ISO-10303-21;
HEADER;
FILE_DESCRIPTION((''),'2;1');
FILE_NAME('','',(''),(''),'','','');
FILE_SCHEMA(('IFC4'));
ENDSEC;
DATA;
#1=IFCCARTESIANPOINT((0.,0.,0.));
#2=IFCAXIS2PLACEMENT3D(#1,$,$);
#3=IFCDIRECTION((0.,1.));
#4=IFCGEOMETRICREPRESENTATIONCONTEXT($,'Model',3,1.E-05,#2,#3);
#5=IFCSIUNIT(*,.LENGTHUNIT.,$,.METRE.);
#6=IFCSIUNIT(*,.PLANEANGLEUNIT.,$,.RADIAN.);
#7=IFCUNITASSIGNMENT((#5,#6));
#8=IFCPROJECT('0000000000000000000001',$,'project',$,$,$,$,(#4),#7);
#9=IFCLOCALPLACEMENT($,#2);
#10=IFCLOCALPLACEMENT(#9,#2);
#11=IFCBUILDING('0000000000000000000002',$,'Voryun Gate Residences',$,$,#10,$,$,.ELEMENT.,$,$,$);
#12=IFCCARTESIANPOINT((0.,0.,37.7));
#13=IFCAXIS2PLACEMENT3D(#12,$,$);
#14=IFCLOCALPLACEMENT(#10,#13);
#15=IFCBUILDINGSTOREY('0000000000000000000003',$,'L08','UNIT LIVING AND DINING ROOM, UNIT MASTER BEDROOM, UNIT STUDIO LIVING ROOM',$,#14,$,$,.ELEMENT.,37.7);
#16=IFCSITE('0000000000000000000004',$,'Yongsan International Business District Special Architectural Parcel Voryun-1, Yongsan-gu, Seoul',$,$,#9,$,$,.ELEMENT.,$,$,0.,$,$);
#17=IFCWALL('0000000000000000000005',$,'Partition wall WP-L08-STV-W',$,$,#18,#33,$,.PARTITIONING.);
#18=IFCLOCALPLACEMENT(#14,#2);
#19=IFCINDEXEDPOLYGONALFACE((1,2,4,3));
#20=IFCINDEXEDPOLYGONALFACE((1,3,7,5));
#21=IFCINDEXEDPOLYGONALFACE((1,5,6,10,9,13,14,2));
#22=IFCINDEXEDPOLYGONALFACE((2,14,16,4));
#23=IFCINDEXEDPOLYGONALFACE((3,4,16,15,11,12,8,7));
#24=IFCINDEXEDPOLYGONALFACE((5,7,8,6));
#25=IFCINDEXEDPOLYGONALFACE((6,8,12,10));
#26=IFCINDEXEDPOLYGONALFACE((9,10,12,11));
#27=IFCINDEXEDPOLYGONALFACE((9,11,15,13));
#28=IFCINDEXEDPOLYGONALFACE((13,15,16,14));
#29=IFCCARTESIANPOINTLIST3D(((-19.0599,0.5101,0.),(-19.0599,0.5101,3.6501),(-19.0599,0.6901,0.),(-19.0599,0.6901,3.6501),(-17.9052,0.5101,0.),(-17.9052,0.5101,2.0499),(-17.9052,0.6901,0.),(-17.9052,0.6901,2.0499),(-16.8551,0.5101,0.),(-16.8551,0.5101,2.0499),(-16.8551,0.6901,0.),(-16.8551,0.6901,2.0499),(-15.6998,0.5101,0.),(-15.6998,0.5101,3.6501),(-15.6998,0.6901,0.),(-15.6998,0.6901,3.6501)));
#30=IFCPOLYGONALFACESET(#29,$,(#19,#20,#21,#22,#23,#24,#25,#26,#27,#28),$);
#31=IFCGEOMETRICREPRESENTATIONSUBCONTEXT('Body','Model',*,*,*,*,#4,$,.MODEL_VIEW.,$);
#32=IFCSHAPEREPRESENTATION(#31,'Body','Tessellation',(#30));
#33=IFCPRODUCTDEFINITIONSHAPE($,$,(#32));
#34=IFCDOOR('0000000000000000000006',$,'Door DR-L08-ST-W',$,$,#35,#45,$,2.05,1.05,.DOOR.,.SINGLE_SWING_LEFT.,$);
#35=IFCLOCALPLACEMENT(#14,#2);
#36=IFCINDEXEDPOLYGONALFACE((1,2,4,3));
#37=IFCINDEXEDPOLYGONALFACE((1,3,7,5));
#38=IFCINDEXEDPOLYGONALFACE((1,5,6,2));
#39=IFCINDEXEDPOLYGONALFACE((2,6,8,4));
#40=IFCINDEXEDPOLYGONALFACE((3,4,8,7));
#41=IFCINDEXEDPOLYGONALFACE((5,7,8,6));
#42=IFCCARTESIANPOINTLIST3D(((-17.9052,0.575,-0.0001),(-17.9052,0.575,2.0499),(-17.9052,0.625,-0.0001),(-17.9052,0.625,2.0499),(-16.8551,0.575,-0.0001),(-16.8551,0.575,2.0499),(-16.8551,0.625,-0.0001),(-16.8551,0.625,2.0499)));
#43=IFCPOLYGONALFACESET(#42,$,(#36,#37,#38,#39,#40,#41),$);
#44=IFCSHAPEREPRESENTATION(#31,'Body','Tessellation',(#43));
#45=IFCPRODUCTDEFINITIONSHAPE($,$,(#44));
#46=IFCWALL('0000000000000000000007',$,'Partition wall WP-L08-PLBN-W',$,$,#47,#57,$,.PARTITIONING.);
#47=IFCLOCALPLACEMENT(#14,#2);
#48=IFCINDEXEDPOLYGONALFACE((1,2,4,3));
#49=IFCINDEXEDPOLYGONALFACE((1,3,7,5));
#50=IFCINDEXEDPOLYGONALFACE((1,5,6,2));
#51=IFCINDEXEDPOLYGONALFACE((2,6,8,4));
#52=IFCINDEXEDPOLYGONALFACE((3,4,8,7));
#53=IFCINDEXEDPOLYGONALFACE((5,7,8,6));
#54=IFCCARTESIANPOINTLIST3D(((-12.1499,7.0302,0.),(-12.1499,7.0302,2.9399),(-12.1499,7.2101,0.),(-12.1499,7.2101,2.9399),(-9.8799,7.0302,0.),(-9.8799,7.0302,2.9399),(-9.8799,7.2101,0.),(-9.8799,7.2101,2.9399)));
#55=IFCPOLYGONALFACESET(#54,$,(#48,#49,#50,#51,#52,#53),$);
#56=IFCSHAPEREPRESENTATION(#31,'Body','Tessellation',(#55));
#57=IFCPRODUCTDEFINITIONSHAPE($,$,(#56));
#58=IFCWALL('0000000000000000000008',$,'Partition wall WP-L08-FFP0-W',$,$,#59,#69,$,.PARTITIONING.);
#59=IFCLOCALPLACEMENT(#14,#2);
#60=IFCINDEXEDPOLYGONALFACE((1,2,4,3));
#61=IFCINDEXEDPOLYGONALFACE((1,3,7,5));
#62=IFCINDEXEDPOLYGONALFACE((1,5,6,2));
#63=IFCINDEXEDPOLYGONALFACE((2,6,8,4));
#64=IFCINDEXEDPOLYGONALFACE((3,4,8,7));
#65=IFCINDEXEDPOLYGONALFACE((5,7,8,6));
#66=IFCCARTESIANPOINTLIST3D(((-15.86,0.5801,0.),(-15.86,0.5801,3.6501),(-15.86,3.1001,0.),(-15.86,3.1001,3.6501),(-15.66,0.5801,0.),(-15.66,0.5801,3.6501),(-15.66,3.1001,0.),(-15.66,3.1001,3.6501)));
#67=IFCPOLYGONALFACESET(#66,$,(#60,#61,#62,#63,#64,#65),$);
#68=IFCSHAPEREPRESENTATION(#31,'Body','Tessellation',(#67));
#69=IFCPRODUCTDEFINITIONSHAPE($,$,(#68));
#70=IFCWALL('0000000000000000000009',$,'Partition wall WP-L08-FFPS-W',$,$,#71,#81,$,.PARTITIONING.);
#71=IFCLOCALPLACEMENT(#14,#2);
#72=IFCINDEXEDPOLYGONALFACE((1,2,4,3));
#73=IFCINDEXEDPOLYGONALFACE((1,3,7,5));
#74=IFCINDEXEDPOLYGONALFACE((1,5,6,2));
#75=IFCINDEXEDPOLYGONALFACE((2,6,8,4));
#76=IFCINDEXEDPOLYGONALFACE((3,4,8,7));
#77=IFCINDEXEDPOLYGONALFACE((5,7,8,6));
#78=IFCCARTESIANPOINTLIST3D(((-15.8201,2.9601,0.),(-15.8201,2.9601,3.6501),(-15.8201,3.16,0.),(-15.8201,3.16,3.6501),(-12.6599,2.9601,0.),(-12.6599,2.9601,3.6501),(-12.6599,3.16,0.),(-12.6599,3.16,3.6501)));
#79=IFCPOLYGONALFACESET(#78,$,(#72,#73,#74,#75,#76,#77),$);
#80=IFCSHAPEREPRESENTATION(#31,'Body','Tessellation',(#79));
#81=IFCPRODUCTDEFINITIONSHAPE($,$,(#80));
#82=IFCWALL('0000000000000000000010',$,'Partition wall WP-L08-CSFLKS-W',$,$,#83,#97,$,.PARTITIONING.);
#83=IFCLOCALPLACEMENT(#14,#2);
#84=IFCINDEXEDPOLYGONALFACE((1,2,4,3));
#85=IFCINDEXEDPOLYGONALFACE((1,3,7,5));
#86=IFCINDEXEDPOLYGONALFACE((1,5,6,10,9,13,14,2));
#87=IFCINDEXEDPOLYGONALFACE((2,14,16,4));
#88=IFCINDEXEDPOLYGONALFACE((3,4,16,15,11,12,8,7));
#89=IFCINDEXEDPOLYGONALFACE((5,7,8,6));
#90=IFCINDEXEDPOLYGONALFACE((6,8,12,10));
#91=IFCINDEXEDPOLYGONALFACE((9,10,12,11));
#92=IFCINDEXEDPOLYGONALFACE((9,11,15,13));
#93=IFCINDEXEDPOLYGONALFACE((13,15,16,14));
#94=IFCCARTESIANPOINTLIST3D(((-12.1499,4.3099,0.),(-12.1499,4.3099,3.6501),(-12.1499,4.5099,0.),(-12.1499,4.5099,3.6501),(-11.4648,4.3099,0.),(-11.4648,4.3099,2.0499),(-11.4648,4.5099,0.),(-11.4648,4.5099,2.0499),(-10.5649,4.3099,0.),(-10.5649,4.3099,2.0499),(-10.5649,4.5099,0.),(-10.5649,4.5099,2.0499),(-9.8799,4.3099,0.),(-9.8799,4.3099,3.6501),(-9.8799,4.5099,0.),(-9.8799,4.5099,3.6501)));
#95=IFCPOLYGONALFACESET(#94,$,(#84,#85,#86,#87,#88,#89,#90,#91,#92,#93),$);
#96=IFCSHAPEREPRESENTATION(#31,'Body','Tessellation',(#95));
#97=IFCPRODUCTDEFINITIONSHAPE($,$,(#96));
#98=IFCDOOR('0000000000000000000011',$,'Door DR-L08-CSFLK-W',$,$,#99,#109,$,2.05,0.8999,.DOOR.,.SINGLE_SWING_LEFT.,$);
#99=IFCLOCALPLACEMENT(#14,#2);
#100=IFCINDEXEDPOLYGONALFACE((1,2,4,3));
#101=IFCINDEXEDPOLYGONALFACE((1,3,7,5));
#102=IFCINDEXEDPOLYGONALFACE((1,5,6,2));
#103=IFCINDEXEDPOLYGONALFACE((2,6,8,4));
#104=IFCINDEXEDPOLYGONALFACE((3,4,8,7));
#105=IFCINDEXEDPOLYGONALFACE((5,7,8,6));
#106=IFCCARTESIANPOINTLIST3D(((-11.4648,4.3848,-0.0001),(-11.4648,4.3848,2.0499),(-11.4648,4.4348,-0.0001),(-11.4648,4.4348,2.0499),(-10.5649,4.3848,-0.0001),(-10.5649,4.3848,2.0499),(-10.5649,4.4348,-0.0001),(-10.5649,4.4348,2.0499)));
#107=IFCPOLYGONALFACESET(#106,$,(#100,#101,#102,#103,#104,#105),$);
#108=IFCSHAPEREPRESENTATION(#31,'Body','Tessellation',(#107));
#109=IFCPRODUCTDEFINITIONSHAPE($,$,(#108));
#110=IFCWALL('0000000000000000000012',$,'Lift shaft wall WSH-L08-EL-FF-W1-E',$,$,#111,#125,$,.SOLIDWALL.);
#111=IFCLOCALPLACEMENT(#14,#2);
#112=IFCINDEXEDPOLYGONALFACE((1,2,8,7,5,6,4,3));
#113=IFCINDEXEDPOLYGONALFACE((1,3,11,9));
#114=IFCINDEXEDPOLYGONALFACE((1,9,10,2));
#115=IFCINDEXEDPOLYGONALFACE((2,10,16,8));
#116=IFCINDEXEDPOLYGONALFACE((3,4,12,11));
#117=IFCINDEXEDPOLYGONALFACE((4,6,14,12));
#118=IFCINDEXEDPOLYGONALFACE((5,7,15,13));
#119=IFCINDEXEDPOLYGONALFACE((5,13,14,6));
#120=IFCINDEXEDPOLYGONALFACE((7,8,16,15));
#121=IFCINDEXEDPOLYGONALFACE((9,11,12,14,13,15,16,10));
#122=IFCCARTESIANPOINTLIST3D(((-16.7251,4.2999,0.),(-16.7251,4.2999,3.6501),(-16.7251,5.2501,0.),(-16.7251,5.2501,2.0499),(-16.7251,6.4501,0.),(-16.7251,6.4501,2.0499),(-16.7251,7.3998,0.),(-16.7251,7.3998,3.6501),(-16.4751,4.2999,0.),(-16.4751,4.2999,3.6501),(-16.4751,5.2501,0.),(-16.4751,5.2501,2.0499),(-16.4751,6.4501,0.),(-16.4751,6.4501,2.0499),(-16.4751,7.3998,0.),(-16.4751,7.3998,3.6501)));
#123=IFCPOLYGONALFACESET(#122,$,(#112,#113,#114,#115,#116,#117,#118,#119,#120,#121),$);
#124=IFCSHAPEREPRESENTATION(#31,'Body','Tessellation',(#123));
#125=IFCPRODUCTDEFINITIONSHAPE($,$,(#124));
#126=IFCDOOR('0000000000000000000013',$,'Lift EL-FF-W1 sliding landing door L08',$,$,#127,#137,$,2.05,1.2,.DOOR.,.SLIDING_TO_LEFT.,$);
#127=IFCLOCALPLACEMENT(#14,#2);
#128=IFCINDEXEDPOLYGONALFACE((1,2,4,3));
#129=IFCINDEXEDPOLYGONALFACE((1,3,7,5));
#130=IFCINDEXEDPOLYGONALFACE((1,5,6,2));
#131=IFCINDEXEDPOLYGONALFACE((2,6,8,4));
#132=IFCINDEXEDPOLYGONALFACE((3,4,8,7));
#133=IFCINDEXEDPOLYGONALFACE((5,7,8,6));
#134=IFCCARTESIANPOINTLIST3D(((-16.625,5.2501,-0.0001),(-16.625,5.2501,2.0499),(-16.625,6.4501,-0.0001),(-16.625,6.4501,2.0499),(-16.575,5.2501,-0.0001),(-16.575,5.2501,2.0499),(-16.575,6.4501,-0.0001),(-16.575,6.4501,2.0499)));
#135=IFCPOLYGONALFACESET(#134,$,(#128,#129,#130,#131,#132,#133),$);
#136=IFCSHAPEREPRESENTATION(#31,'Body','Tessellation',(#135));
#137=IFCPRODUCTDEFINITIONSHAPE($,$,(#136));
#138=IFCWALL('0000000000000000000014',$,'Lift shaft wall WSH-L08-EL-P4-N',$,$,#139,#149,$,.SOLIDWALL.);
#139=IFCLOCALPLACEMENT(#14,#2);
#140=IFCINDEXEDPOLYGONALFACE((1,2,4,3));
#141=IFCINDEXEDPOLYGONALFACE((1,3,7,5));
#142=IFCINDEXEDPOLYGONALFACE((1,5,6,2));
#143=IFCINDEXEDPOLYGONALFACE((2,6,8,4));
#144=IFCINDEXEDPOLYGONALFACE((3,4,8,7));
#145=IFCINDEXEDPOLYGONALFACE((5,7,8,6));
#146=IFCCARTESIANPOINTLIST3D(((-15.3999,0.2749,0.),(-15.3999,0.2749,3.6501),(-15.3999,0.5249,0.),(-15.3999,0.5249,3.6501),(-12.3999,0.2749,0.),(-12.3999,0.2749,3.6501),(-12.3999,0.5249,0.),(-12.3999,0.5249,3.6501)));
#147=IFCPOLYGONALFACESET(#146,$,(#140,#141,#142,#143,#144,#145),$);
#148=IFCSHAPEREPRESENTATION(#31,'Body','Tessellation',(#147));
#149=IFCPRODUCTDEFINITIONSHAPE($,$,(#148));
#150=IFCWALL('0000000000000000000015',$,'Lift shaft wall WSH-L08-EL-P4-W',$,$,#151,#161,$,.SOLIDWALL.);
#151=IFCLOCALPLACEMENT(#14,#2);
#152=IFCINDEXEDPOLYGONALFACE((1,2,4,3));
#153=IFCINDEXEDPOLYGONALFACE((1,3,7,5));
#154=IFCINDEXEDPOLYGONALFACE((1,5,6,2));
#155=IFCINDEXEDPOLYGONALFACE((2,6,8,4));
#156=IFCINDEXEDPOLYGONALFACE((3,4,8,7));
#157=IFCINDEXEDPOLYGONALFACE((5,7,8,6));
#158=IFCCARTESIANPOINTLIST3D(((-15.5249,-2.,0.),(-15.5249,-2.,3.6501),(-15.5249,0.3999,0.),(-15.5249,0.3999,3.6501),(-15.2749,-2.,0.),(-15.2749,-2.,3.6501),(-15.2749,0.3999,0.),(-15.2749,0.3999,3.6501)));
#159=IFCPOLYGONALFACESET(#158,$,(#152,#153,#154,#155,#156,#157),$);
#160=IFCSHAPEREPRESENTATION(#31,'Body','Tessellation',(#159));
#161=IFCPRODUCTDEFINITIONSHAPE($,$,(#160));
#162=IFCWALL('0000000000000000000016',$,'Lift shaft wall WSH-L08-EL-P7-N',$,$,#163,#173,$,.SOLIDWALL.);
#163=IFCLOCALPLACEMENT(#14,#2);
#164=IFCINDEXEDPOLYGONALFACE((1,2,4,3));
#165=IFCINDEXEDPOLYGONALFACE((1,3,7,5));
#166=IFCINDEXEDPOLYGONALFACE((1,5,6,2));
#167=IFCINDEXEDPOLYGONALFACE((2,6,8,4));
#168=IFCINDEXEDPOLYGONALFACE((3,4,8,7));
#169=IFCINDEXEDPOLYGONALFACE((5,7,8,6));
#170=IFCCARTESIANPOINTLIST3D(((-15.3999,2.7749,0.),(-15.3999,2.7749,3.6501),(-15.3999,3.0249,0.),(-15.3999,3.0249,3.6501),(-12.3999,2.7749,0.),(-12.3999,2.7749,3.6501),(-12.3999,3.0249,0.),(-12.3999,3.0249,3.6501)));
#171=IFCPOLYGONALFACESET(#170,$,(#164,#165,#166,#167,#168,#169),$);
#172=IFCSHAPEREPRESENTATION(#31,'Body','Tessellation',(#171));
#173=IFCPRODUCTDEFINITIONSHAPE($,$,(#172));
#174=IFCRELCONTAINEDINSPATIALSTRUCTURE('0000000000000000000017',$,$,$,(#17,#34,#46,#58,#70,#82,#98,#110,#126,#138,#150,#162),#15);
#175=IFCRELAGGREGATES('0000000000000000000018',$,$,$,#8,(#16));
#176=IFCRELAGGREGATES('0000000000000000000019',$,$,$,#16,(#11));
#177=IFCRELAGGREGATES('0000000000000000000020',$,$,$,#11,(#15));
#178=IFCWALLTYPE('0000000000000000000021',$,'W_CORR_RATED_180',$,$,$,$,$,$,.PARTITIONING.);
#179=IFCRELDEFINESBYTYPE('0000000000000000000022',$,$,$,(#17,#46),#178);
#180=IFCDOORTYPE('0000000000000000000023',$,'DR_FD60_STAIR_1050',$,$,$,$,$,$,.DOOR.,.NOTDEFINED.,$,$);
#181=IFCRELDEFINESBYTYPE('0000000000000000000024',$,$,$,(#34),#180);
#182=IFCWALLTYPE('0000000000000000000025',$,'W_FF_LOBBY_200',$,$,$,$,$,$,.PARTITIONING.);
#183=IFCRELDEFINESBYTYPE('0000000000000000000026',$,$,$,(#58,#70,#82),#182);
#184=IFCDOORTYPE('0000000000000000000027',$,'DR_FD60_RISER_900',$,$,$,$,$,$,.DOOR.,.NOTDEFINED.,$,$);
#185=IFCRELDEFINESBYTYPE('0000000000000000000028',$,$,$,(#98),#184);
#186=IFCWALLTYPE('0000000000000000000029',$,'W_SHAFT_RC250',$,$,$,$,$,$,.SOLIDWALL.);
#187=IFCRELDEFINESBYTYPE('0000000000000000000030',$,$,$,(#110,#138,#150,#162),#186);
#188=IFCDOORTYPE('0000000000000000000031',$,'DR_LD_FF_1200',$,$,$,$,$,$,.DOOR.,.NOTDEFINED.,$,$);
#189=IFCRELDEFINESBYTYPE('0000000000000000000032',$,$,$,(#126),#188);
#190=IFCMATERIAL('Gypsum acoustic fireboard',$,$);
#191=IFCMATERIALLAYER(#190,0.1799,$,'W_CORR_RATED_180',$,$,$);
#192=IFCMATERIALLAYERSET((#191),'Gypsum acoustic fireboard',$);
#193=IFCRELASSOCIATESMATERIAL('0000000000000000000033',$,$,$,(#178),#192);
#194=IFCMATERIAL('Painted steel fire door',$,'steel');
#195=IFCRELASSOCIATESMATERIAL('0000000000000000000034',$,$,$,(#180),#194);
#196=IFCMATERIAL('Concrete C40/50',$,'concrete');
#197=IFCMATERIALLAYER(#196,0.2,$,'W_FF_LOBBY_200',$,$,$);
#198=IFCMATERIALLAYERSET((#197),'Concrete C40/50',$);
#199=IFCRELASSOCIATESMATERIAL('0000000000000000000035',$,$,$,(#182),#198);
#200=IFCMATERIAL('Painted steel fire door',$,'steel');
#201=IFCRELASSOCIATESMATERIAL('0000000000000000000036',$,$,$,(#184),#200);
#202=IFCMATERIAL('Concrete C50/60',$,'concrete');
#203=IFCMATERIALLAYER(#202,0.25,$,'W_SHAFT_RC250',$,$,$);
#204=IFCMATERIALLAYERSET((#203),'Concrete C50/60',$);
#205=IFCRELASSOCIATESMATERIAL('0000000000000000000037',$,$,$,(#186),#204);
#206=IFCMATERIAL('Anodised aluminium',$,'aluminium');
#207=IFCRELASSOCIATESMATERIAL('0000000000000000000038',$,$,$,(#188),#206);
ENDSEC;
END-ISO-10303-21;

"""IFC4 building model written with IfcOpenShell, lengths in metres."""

from ifc_helpers import new_model, si_unit, direction, frame, frame_2d, origin, place, context, subcontext, project, spatial, rectangle, extrude, material, layer, layer_set, type_object, element, fill, save


model = new_model("IFC4")

# Units and contexts
model_context = context("Model", 3, precision=1e-05, world=origin(), true_north=direction((0.0, 1.0)))
body_context = subcontext(model_context, "Body", "Model", "MODEL_VIEW")
ifc_project = project(units=[si_unit("LENGTHUNIT", "METRE"), si_unit("PLANEANGLEUNIT", "RADIAN")], contexts=[model_context])

# Site, building, storey
site_placement = place(None, origin())
site = spatial("IfcSite", under=ifc_project, at=site_placement, Name="Yongsan International Business District Special Architectural Parcel Voryun-1, Yongsan-gu, Seoul", CompositionType="ELEMENT", RefElevation=0.0)
building_placement = place(site_placement, origin())
building = spatial("IfcBuilding", under=site, at=building_placement, Name="Voryun Gate Residences", CompositionType="ELEMENT")
storey_placement = place(building_placement, frame((0.0, 0.0, 37.7)))
storey = spatial("IfcBuildingStorey", under=building, at=storey_placement, Name="L08", Description="UNIT LIVING AND DINING ROOM, UNIT MASTER BEDROOM, UNIT STUDIO LIVING ROOM", CompositionType="ELEMENT", Elevation=37.7)

# Wall, opening, door
ifc_material_1 = material(Name="Gypsum acoustic fireboard")
ifc_layer_1 = layer(ifc_material_1, 0.1799, Name="W_CORR_RATED_180")
ifc_layer_set_1 = layer_set([ifc_layer_1], Name="Gypsum acoustic fireboard")
wall_type_1 = type_object("IfcWallType", Name="W_CORR_RATED_180", PredefinedType="PARTITIONING", material=ifc_layer_set_1)
wall_1_placement = place(storey_placement, frame((-19.0601, 0.6001, 0.0), z_axis=(0.0, 0.0, 1.0), x_axis=(1.0, 0.0, 0.0)))
wall_1 = element("IfcWall", 1, at=wall_1_placement, inside=storey, type_object=wall_type_1, Name="Partition wall WP-L08-STV-W", PredefinedType="PARTITIONING", context=body_context, shape_type="SweptSolid", body=[
    extrude(rectangle(XDim=3.3601, YDim=0.1799, at=frame_2d((1.6802, 0.0))), origin(), (0.0, 0.0, 1.0), 3.6501),
])
opening_1_placement = place(wall_1_placement, frame((1.155, 0.0, 0.0)))
opening_1 = element("IfcOpeningElement", 2, at=opening_1_placement, cuts=wall_1, PredefinedType="OPENING", context=body_context, shape_type="SweptSolid", body=[
    extrude(rectangle(XDim=1.05, YDim=2.05, at=frame_2d((0.5249, 1.0249))), frame((0.0, 0.0999, 0.0), z_axis=(0.0, -1.0, 0.0), x_axis=(1.0, 0.0, 0.0)), (0.0, 0.0, 1.0), 0.2),
])
ifc_material_2 = material(Name="Painted steel fire door", Category="steel")
door_type_1 = type_object("IfcDoorType", Name="DR_FD60_STAIR_1050", OperationType="NOTDEFINED", PredefinedType="DOOR", material=ifc_material_2)
door_1_placement = place(opening_1_placement, origin())
door_1 = element("IfcDoor", 3, at=door_1_placement, inside=storey, type_object=door_type_1, Name="Door DR-L08-ST-W", OperationType="SINGLE_SWING_LEFT", OverallHeight=2.05, OverallWidth=1.05, PredefinedType="DOOR", context=body_context, shape_type="SweptSolid", body=[
    extrude(rectangle(XDim=1.05, YDim=2.05, at=frame_2d((0.5249, 1.0249))), frame((0.0, 0.0249, 0.0), z_axis=(0.0, -1.0, 0.0), x_axis=(1.0, 0.0, 0.0)), (0.0, 0.0, 1.0), 0.05),
])
fill(opening_1, door_1)

# Walls
wall_2_placement = place(storey_placement, frame((-12.1499, 7.1201, 0.0), z_axis=(0.0, 0.0, 1.0), x_axis=(1.0, 0.0, 0.0)))
element("IfcWall", 4, at=wall_2_placement, inside=storey, type_object=wall_type_1, Name="Partition wall WP-L08-PLBN-W", PredefinedType="PARTITIONING", context=body_context, shape_type="SweptSolid", body=[
    extrude(rectangle(XDim=2.27, YDim=0.1799, at=frame_2d((1.135, 0.0))), origin(), (0.0, 0.0, 1.0), 2.9399),
])
ifc_material_3 = material(Name="Concrete C40/50", Category="concrete")
ifc_layer_2 = layer(ifc_material_3, 0.2, Name="W_FF_LOBBY_200")
ifc_layer_set_2 = layer_set([ifc_layer_2], Name="Concrete C40/50")
wall_type_2 = type_object("IfcWallType", Name="W_FF_LOBBY_200", PredefinedType="PARTITIONING", material=ifc_layer_set_2)
wall_3_placement = place(storey_placement, frame((-15.76, 0.5801, 0.0), z_axis=(0.0, 0.0, 1.0), x_axis=(0.0, 1.0, 0.0)))
element("IfcWall", 5, at=wall_3_placement, inside=storey, type_object=wall_type_2, Name="Partition wall WP-L08-FFP0-W", PredefinedType="PARTITIONING", context=body_context, shape_type="SweptSolid", body=[
    extrude(rectangle(XDim=2.52, YDim=0.2, at=frame_2d((1.26, 0.0))), origin(), (0.0, 0.0, 1.0), 3.6501),
])
wall_4_placement = place(storey_placement, frame((-15.8201, 3.0601, 0.0), z_axis=(0.0, 0.0, 1.0), x_axis=(1.0, 0.0, 0.0)))
element("IfcWall", 6, at=wall_4_placement, inside=storey, type_object=wall_type_2, Name="Partition wall WP-L08-FFPS-W", PredefinedType="PARTITIONING", context=body_context, shape_type="SweptSolid", body=[
    extrude(rectangle(XDim=3.1602, YDim=0.2, at=frame_2d((1.5801, 0.0))), origin(), (0.0, 0.0, 1.0), 3.6501),
])

# Walls, openings, doors
wall_5_placement = place(storey_placement, frame((-12.1499, 4.4099, 0.0), z_axis=(0.0, 0.0, 1.0), x_axis=(1.0, 0.0, 0.0)))
wall_5 = element("IfcWall", 7, at=wall_5_placement, inside=storey, type_object=wall_type_2, Name="Partition wall WP-L08-CSFLKS-W", PredefinedType="PARTITIONING", context=body_context, shape_type="SweptSolid", body=[
    extrude(rectangle(XDim=2.27, YDim=0.2, at=frame_2d((1.135, 0.0))), origin(), (0.0, 0.0, 1.0), 3.6501),
])
opening_2_placement = place(wall_5_placement, frame((0.6851, 0.0, 0.0)))
opening_2 = element("IfcOpeningElement", 8, at=opening_2_placement, cuts=wall_5, PredefinedType="OPENING", context=body_context, shape_type="SweptSolid", body=[
    extrude(rectangle(XDim=0.8999, YDim=2.05, at=frame_2d((0.45, 1.0249))), frame((0.0, 0.1101, 0.0), z_axis=(0.0, -1.0, 0.0), x_axis=(1.0, 0.0, 0.0)), (0.0, 0.0, 1.0), 0.22),
])
ifc_material_4 = material(Name="Painted steel fire door", Category="steel")
door_type_2 = type_object("IfcDoorType", Name="DR_FD60_RISER_900", OperationType="NOTDEFINED", PredefinedType="DOOR", material=ifc_material_4)
door_2_placement = place(opening_2_placement, origin())
door_2 = element("IfcDoor", 9, at=door_2_placement, inside=storey, type_object=door_type_2, Name="Door DR-L08-CSFLK-W", OperationType="SINGLE_SWING_LEFT", OverallHeight=2.05, OverallWidth=0.8999, PredefinedType="DOOR", context=body_context, shape_type="SweptSolid", body=[
    extrude(rectangle(XDim=0.8999, YDim=2.05, at=frame_2d((0.45, 1.0249))), frame((0.0, 0.0249, 0.0), z_axis=(0.0, -1.0, 0.0), x_axis=(1.0, 0.0, 0.0)), (0.0, 0.0, 1.0), 0.05),
])
fill(opening_2, door_2)
ifc_material_5 = material(Name="Concrete C50/60", Category="concrete")
ifc_layer_3 = layer(ifc_material_5, 0.25, Name="W_SHAFT_RC250")
ifc_layer_set_3 = layer_set([ifc_layer_3], Name="Concrete C50/60")
wall_type_3 = type_object("IfcWallType", Name="W_SHAFT_RC250", PredefinedType="SOLIDWALL", material=ifc_layer_set_3)
wall_6_placement = place(storey_placement, frame((-16.6001, 4.3, 0.0), z_axis=(0.0, 0.0, 1.0), x_axis=(0.0, 1.0, 0.0)))
wall_6 = element("IfcWall", 10, at=wall_6_placement, inside=storey, type_object=wall_type_3, Name="Lift shaft wall WSH-L08-EL-FF-W1-E", PredefinedType="SOLIDWALL", context=body_context, shape_type="SweptSolid", body=[
    extrude(rectangle(XDim=3.0999, YDim=0.25, at=frame_2d((1.5498, 0.0))), origin(), (0.0, 0.0, 1.0), 3.6501),
])
opening_3_placement = place(wall_6_placement, frame((0.95, 0.0, 0.0)))
opening_3 = element("IfcOpeningElement", 11, at=opening_3_placement, cuts=wall_6, PredefinedType="OPENING", context=body_context, shape_type="SweptSolid", body=[
    extrude(rectangle(XDim=1.2, YDim=2.05, at=frame_2d((0.6001, 1.0249))), frame((0.0, 0.135, 0.0), z_axis=(0.0, -1.0, 0.0), x_axis=(1.0, 0.0, 0.0)), (0.0, 0.0, 1.0), 0.27),
])
ifc_material_6 = material(Name="Anodised aluminium", Category="aluminium")
door_type_3 = type_object("IfcDoorType", Name="DR_LD_FF_1200", OperationType="NOTDEFINED", PredefinedType="DOOR", material=ifc_material_6)
door_3_placement = place(opening_3_placement, origin())
door_3 = element("IfcDoor", 12, at=door_3_placement, inside=storey, type_object=door_type_3, Name="Lift EL-FF-W1 sliding landing door L08", OperationType="SLIDING_TO_LEFT", OverallHeight=2.05, OverallWidth=1.2, PredefinedType="DOOR", context=body_context, shape_type="SweptSolid", body=[
    extrude(rectangle(XDim=1.2, YDim=2.05, at=frame_2d((0.6001, 1.0249))), frame((0.0, 0.0249, 0.0), z_axis=(0.0, -1.0, 0.0), x_axis=(1.0, 0.0, 0.0)), (0.0, 0.0, 1.0), 0.05),
])
fill(opening_3, door_3)

# Walls
wall_7_placement = place(storey_placement, frame((-12.3999, 0.3999, 0.0), z_axis=(0.0, 0.0, 1.0), x_axis=(-1.0, 0.0, 0.0)))
element("IfcWall", 13, at=wall_7_placement, inside=storey, type_object=wall_type_3, Name="Lift shaft wall WSH-L08-EL-P4-N", PredefinedType="SOLIDWALL", context=body_context, shape_type="SweptSolid", body=[
    extrude(rectangle(XDim=3.0, YDim=0.25, at=frame_2d((1.5, 0.0))), origin(), (0.0, 0.0, 1.0), 3.6501),
])
wall_8_placement = place(storey_placement, frame((-15.3999, 0.3999, 0.0), z_axis=(0.0, 0.0, 1.0), x_axis=(0.0, -1.0, 0.0)))
element("IfcWall", 14, at=wall_8_placement, inside=storey, type_object=wall_type_3, Name="Lift shaft wall WSH-L08-EL-P4-W", PredefinedType="SOLIDWALL", context=body_context, shape_type="SweptSolid", body=[
    extrude(rectangle(XDim=2.3999, YDim=0.25, at=frame_2d((1.2, 0.0))), origin(), (0.0, 0.0, 1.0), 3.6501),
])
wall_9_placement = place(storey_placement, frame((-12.3999, 2.8999, 0.0), z_axis=(0.0, 0.0, 1.0), x_axis=(-1.0, 0.0, 0.0)))
element("IfcWall", 15, at=wall_9_placement, inside=storey, type_object=wall_type_3, Name="Lift shaft wall WSH-L08-EL-P7-N", PredefinedType="SOLIDWALL", context=body_context, shape_type="SweptSolid", body=[
    extrude(rectangle(XDim=3.0, YDim=0.25, at=frame_2d((1.5, 0.0))), origin(), (0.0, 0.0, 1.0), 3.6501),
])

save(model, "model.ifc")
